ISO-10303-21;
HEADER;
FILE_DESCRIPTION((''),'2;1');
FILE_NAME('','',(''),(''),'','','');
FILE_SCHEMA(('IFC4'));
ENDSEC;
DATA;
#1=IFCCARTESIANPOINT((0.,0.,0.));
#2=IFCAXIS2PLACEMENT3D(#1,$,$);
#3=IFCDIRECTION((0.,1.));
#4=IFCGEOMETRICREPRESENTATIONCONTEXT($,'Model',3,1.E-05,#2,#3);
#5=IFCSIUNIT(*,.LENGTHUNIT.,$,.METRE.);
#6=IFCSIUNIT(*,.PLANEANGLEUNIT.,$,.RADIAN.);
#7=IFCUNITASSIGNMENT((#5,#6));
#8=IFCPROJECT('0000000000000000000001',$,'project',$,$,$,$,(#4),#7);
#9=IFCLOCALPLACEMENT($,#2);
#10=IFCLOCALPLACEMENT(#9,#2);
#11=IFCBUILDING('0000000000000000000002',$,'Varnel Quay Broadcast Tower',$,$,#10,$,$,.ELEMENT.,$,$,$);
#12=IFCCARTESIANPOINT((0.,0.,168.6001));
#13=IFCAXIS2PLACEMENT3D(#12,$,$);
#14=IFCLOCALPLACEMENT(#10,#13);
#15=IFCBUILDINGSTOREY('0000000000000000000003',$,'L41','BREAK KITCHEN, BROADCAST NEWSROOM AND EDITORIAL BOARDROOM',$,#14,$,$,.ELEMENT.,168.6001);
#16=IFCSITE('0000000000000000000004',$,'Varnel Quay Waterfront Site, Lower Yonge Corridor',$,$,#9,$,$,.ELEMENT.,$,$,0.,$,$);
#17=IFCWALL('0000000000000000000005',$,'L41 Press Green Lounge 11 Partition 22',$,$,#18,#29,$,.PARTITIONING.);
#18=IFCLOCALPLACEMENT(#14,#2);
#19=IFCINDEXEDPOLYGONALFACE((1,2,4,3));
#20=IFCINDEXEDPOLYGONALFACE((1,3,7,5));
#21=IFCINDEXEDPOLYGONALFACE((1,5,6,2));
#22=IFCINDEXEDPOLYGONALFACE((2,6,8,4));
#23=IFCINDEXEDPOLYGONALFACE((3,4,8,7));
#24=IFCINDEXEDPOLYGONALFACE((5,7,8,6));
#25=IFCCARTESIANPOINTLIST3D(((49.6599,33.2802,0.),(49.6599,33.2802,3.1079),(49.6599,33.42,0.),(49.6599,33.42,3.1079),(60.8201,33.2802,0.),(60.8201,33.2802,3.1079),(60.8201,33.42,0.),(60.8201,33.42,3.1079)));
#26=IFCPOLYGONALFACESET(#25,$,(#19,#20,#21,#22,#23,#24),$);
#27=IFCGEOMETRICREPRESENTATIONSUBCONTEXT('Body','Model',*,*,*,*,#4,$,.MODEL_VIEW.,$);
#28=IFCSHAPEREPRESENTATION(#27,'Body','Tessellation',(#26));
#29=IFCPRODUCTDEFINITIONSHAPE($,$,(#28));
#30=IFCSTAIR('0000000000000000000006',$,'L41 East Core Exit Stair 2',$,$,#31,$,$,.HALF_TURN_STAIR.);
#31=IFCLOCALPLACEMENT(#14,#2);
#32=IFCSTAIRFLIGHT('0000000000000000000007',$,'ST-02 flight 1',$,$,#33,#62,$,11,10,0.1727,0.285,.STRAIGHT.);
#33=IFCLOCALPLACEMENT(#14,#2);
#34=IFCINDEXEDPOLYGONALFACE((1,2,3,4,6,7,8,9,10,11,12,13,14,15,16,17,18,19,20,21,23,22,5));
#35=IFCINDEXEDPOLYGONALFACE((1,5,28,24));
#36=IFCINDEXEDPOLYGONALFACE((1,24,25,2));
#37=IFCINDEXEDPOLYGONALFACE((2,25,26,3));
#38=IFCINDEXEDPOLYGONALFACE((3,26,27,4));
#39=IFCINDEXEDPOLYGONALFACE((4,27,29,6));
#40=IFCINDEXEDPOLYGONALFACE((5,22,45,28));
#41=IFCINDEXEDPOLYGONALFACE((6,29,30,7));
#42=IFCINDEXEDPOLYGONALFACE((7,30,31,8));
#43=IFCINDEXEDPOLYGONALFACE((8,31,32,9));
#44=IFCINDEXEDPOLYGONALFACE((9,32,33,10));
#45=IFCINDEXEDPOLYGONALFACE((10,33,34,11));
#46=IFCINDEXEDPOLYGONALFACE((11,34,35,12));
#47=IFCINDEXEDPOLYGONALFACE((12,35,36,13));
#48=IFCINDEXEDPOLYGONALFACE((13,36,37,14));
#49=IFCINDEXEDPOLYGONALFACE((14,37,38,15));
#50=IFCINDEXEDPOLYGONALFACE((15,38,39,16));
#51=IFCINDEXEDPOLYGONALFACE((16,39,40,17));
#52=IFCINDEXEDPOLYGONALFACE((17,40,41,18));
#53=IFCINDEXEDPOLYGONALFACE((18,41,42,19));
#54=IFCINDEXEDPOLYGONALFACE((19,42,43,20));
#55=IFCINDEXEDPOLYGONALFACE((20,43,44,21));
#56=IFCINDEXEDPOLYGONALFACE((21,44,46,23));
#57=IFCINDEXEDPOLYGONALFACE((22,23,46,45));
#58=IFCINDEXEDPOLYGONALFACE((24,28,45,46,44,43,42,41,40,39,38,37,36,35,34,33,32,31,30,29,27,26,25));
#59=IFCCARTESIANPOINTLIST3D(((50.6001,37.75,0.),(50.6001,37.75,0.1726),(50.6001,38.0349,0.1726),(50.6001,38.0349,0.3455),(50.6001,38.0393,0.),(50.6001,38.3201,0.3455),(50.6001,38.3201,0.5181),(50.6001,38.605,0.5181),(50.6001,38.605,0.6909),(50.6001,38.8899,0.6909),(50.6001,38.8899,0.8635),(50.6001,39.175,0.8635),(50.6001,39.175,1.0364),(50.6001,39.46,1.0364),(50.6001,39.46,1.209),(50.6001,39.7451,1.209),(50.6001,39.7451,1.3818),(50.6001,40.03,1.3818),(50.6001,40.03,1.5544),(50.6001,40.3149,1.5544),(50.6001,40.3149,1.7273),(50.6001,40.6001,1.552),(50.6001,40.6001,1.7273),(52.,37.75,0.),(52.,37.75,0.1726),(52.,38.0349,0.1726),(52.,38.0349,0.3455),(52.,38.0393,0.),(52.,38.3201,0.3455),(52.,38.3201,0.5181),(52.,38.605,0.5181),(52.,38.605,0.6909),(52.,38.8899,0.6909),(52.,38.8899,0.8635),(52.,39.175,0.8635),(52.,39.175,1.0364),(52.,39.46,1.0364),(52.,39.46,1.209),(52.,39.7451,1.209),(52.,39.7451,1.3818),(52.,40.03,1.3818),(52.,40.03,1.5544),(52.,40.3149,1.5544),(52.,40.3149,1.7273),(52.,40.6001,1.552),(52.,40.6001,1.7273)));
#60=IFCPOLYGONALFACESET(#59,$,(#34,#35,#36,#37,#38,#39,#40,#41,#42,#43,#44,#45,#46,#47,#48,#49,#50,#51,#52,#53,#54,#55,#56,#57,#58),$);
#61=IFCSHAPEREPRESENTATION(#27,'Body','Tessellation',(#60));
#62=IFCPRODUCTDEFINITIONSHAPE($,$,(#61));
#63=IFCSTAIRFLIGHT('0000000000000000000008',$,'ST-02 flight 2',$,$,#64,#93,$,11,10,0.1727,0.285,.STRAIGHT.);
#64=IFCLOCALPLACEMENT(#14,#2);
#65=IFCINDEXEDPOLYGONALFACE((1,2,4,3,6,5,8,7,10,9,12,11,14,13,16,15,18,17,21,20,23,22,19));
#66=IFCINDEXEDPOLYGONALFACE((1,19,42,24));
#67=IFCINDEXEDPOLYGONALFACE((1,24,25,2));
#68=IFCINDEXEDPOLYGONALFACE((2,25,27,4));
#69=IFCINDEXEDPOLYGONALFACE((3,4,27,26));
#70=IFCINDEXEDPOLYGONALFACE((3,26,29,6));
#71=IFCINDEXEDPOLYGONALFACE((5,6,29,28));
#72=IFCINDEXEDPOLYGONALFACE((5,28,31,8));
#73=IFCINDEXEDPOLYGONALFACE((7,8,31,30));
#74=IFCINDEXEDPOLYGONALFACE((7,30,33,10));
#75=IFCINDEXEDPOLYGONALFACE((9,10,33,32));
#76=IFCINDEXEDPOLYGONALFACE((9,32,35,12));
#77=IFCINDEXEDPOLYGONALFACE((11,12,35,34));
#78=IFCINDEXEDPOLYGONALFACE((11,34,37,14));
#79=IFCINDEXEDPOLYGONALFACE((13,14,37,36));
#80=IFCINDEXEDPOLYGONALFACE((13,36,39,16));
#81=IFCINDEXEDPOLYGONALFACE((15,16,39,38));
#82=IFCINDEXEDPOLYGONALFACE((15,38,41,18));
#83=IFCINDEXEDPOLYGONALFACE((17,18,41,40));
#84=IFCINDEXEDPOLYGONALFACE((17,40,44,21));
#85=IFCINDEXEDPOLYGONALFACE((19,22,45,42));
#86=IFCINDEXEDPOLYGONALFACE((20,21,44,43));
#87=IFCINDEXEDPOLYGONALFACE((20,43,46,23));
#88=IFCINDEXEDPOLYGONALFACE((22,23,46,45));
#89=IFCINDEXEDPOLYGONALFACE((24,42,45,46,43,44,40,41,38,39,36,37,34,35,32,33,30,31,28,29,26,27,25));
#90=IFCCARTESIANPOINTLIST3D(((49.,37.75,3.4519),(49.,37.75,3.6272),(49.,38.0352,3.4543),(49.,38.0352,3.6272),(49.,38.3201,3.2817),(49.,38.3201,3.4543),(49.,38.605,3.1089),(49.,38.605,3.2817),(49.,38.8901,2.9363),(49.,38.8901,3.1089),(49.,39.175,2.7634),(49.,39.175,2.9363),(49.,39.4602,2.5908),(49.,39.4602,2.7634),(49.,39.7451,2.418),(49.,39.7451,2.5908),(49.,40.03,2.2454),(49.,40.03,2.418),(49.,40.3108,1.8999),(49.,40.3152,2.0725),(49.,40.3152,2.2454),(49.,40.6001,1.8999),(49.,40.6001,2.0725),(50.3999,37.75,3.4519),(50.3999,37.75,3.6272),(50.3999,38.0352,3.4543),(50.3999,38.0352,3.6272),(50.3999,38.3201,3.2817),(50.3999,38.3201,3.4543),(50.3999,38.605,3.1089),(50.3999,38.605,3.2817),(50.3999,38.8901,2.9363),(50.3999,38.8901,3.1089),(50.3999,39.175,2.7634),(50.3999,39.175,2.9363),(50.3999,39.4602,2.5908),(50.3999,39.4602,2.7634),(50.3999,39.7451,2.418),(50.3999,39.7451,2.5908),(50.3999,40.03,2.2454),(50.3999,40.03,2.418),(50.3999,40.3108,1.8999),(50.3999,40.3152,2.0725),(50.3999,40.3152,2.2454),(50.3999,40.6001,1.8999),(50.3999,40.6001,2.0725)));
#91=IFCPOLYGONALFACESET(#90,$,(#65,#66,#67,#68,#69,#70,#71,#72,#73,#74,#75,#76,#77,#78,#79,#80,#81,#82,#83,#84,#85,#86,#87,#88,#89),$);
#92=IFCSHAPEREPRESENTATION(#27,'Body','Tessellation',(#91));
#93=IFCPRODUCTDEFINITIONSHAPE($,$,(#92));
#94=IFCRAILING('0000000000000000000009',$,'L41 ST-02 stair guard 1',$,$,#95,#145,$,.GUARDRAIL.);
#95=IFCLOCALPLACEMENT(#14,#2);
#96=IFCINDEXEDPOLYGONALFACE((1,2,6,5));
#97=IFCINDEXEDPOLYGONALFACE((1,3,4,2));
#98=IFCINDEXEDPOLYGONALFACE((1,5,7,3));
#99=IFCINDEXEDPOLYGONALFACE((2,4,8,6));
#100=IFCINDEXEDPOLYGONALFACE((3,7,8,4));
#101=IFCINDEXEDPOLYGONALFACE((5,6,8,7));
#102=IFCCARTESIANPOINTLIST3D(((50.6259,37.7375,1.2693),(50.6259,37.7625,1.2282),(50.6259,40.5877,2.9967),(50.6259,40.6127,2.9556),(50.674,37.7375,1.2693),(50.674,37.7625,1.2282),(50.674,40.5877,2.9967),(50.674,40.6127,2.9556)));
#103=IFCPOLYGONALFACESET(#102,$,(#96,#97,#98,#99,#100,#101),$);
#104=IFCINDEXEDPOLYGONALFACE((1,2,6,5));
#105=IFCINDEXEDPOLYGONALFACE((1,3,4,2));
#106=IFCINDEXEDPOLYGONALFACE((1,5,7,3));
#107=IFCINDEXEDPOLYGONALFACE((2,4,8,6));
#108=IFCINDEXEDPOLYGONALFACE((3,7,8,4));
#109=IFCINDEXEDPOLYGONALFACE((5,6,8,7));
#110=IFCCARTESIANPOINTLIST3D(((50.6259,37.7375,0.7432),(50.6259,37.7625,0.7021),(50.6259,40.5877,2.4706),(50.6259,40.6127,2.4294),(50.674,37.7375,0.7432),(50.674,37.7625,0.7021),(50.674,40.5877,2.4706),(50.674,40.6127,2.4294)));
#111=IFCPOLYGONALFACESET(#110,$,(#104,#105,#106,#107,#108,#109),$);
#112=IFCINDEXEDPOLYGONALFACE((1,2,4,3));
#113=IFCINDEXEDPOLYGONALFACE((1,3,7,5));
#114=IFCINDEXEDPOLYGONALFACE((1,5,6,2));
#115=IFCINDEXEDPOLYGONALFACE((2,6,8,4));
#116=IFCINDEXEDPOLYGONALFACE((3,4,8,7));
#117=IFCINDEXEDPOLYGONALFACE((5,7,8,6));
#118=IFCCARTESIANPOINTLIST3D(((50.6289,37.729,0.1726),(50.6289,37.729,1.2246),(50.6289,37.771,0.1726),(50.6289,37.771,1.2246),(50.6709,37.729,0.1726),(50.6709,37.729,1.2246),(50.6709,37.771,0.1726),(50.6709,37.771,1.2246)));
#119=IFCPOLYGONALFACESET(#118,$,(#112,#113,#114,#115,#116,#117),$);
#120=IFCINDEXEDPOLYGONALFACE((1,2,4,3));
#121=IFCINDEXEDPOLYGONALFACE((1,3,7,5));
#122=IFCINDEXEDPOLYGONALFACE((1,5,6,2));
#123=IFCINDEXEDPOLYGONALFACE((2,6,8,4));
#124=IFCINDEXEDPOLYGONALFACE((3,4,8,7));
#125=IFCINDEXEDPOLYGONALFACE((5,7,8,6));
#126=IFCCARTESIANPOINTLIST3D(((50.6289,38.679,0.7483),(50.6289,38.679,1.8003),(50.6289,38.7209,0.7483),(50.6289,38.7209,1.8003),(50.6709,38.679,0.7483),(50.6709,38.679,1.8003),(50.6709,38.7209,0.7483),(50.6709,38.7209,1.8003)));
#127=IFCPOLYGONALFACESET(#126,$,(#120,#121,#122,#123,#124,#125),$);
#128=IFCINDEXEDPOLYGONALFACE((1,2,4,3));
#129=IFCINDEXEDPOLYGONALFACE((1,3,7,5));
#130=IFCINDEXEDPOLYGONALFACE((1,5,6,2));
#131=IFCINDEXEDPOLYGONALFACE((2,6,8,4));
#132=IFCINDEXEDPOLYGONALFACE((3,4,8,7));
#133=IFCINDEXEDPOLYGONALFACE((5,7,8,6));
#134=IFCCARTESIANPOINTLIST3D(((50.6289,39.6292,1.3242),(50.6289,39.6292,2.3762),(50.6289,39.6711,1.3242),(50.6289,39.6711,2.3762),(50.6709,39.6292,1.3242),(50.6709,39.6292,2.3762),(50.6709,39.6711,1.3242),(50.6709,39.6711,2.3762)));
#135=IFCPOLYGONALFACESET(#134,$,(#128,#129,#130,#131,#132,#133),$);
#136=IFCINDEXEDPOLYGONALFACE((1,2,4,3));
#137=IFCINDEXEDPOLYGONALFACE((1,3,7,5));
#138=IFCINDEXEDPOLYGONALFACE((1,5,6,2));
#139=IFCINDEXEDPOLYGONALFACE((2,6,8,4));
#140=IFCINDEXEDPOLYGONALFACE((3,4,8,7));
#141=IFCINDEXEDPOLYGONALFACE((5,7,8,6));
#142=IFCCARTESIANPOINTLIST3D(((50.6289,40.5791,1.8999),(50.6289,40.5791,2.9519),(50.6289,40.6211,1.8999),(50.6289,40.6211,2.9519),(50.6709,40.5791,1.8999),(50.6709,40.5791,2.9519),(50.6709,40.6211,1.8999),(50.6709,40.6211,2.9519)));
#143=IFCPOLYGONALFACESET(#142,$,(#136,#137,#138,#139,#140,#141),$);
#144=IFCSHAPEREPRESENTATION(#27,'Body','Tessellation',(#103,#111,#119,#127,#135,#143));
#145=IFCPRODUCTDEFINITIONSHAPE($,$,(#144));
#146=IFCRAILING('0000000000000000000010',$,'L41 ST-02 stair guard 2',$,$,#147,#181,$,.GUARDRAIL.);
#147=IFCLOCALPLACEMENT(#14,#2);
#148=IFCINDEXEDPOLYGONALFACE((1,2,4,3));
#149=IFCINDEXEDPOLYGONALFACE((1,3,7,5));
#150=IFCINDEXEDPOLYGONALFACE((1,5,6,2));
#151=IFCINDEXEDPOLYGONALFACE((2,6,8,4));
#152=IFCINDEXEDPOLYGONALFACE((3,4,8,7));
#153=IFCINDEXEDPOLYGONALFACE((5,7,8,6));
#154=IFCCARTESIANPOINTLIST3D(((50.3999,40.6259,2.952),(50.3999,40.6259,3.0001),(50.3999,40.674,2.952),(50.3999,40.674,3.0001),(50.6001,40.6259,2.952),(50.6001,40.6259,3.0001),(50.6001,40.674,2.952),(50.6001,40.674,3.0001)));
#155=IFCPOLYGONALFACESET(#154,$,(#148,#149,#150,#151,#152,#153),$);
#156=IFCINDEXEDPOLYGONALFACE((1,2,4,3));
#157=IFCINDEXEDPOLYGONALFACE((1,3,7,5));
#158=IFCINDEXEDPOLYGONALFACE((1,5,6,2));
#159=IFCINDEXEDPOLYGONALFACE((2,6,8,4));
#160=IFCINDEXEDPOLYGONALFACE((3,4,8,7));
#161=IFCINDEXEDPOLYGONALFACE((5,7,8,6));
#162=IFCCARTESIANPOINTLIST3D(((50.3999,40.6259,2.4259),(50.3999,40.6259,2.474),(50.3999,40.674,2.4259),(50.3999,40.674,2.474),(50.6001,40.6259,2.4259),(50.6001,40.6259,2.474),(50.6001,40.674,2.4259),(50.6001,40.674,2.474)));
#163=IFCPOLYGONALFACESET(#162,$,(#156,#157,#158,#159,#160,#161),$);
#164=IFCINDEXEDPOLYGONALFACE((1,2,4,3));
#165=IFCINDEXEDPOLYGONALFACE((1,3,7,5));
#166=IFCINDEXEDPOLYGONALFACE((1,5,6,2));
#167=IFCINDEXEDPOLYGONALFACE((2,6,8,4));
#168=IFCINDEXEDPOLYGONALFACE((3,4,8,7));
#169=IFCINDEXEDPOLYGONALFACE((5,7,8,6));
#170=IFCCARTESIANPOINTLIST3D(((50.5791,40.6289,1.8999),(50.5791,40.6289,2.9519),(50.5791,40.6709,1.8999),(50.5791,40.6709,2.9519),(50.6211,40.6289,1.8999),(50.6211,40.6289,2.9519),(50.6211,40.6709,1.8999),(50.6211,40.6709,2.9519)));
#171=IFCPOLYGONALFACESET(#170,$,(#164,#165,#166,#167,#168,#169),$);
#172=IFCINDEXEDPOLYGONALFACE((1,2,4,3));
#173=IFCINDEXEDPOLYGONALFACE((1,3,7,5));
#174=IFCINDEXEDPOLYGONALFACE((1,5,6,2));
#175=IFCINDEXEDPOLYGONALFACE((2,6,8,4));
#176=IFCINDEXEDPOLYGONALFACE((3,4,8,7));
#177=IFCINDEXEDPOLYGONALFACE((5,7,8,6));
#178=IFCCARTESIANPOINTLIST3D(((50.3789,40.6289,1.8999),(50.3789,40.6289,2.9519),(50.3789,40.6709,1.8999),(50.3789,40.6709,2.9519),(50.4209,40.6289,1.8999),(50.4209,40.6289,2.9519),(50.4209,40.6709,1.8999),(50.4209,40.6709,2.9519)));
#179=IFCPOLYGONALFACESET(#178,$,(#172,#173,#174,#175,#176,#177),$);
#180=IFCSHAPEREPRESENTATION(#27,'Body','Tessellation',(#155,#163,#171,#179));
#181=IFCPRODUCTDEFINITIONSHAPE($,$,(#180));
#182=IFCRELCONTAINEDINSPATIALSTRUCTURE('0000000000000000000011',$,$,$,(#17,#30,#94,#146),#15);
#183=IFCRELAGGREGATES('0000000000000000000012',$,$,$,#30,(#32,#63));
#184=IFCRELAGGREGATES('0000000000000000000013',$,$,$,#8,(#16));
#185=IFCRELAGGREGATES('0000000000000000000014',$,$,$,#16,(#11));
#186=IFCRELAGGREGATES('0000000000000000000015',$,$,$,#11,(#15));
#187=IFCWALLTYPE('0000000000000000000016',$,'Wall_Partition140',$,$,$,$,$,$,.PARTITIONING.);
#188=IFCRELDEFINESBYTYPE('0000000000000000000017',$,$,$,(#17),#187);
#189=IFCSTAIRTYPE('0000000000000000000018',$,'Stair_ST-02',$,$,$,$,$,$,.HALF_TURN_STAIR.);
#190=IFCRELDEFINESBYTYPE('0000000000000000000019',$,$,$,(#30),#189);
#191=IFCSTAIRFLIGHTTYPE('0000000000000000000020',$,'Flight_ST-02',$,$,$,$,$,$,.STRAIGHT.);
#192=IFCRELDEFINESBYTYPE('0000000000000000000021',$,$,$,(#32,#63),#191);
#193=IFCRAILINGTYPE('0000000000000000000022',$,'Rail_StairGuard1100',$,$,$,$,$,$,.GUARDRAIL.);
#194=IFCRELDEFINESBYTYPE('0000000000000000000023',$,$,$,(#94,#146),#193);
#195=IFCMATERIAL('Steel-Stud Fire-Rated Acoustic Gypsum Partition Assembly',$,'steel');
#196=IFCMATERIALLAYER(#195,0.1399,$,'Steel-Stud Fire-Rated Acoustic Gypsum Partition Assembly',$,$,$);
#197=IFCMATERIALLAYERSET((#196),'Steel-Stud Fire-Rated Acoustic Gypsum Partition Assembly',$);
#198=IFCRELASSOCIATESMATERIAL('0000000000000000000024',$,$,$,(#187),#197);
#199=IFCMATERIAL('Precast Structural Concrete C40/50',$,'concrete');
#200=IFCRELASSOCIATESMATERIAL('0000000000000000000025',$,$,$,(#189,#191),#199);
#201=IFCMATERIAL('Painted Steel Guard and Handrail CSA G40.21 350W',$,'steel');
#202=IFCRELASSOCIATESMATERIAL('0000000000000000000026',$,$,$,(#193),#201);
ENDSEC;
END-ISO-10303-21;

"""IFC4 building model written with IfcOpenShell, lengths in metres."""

from ifc_helpers import new_model, si_unit, direction, frame, frame_2d, origin, origin_2d, place, context, subcontext, project, spatial, polyline, rectangle, outline, extrude, material, layer, layer_set, type_object, element, aggregate, save


model = new_model("IFC4")

# Units and contexts
model_context = context("Model", 3, precision=1e-05, world=origin(), true_north=direction((0.0, 1.0)))
body_context = subcontext(model_context, "Body", "Model", "MODEL_VIEW")
ifc_project = project(units=[si_unit("LENGTHUNIT", "METRE"), si_unit("PLANEANGLEUNIT", "RADIAN")], contexts=[model_context])

# Site, building, storey
site_placement = place(None, origin())
site = spatial("IfcSite", under=ifc_project, at=site_placement, Name="Varnel Quay Waterfront Site, Lower Yonge Corridor", CompositionType="ELEMENT", RefElevation=0.0)
building_placement = place(site_placement, origin())
building = spatial("IfcBuilding", under=site, at=building_placement, Name="Varnel Quay Broadcast Tower", CompositionType="ELEMENT")
storey_placement = place(building_placement, frame((0.0, 0.0, 168.6001)))
storey = spatial("IfcBuildingStorey", under=building, at=storey_placement, Name="L41", Description="BREAK KITCHEN, BROADCAST NEWSROOM AND EDITORIAL BOARDROOM", CompositionType="ELEMENT", Elevation=168.6001)

# Wall
ifc_material_1 = material(Name="Steel-Stud Fire-Rated Acoustic Gypsum Partition Assembly", Category="steel")
ifc_layer_1 = layer(ifc_material_1, 0.1399, Name="Steel-Stud Fire-Rated Acoustic Gypsum Partition Assembly")
ifc_layer_set_1 = layer_set([ifc_layer_1], Name="Steel-Stud Fire-Rated Acoustic Gypsum Partition Assembly")
wall_type_1 = type_object("IfcWallType", Name="Wall_Partition140", PredefinedType="PARTITIONING", material=ifc_layer_set_1)
wall_1_placement = place(storey_placement, frame((49.6599, 33.3501, 0.0), z_axis=(0.0, 0.0, 1.0), x_axis=(1.0, 0.0, 0.0)))
element("IfcWall", 1, at=wall_1_placement, inside=storey, type_object=wall_type_1, Name="L41 Press Green Lounge 11 Partition 22", PredefinedType="PARTITIONING", context=body_context, shape_type="SweptSolid", body=[
    extrude(rectangle(XDim=11.1602, YDim=0.1399, at=frame_2d((5.5801, 0.0))), origin(), (0.0, 0.0, 1.0), 3.1079),
])

# Stair, stair flights
ifc_material_2 = material(Name="Precast Structural Concrete C40/50", Category="concrete")
stair_type = type_object("IfcStairType", Name="Stair_ST-02", PredefinedType="HALF_TURN_STAIR", material=ifc_material_2)
stair_placement = place(storey_placement, origin())
stair = element("IfcStair", 2, at=stair_placement, inside=storey, type_object=stair_type, Name="L41 East Core Exit Stair 2", PredefinedType="HALF_TURN_STAIR")
stair_flight_type = type_object("IfcStairFlightType", Name="Flight_ST-02", PredefinedType="STRAIGHT", material=ifc_material_2)
stair_flight_1_placement = place(storey_placement, frame((51.3, 37.75, 0.0), z_axis=(0.0, 0.0, 1.0), x_axis=(0.0, 1.0, 0.0)))
stair_flight_1 = element("IfcStairFlight", 3, at=stair_flight_1_placement, type_object=stair_flight_type, Name="ST-02 flight 1", NumberOfRisers=11, NumberOfTreads=10, PredefinedType="STRAIGHT", RiserHeight=0.1727, TreadLength=0.285, context=body_context, shape_type="SweptSolid", body=[
    extrude(outline(polyline([(0.0, 0.0), (0.0, 0.1726), (0.2849, 0.1726), (0.2849, 0.3455), (0.5701, 0.3455), (0.5701, 0.5181), (0.855, 0.5181), (0.855, 0.6909), (1.1399, 0.6909), (1.1399, 0.8635), (1.425, 0.8635), (1.425, 1.0364), (1.71, 1.0364), (1.71, 1.209), (1.9951, 1.209), (1.9951, 1.3818), (2.28, 1.3818), (2.28, 1.5544), (2.5649, 1.5544), (2.5649, 1.7273), (2.8501, 1.7273), (2.8501, 1.8999), (2.8501, 1.552), (0.2893, 0.0), (0.0, 0.0)])), frame((0.0, 0.7, 0.0), z_axis=(0.0, -1.0, 0.0), x_axis=(1.0, 0.0, 0.0)), (0.0, 0.0, 1.0), 1.3999),
])
stair_flight_2_placement = place(storey_placement, frame((49.7, 40.6001, 1.8999), z_axis=(0.0, 0.0, 1.0), x_axis=(0.0, -1.0, 0.0)))
stair_flight_2 = element("IfcStairFlight", 4, at=stair_flight_2_placement, type_object=stair_flight_type, Name="ST-02 flight 2", NumberOfRisers=11, NumberOfTreads=10, PredefinedType="STRAIGHT", RiserHeight=0.1727, TreadLength=0.285, context=body_context, shape_type="SweptSolid", body=[
    extrude(outline(polyline([(0.0, 0.0), (0.0, 0.1726), (0.2849, 0.1726), (0.2849, 0.3455), (0.5701, 0.3455), (0.5701, 0.5181), (0.855, 0.5181), (0.855, 0.6909), (1.1399, 0.6909), (1.1399, 0.8635), (1.425, 0.8635), (1.425, 1.0364), (1.71, 1.0364), (1.71, 1.209), (1.9951, 1.209), (1.9951, 1.3818), (2.28, 1.3818), (2.28, 1.5544), (2.5649, 1.5544), (2.5649, 1.7273), (2.8501, 1.7273), (2.8501, 1.8999), (2.8501, 1.552), (0.2893, 0.0), (0.0, 0.0)])), frame((0.0, 0.7, 0.0), z_axis=(0.0, -1.0, 0.0), x_axis=(1.0, 0.0, 0.0)), (0.0, 0.0, 1.0), 1.3999),
])
aggregate(stair, [stair_flight_1, stair_flight_2])

# Railings
ifc_material_3 = material(Name="Painted Steel Guard and Handrail CSA G40.21 350W", Category="steel")
railing_type_1 = type_object("IfcRailingType", Name="Rail_StairGuard1100", PredefinedType="GUARDRAIL", material=ifc_material_3)
railing_1_placement = place(storey_placement, frame((50.6499, 37.75, 0.1726)))
element("IfcRailing", 5, at=railing_1_placement, inside=storey, type_object=railing_type_1, Name="L41 ST-02 stair guard 1", PredefinedType="GUARDRAIL", context=body_context, shape_type="SweptSolid", body=[
    extrude(rectangle(XDim=0.0481, YDim=0.0481, at=origin_2d()), frame((0.0, 0.0, 1.0762), z_axis=(0.0, 0.855203, 0.518294), x_axis=(-1.0, 0.0, 0.0)), (0.0, 0.0, 1.0), 3.3328),
    extrude(rectangle(XDim=0.0481, YDim=0.0481, at=origin_2d()), frame((0.0, 0.0, 0.55), z_axis=(0.0, 0.855203, 0.518294), x_axis=(-1.0, 0.0, 0.0)), (0.0, 0.0, 1.0), 3.3328),
    extrude(rectangle(XDim=0.042, YDim=0.042, at=origin_2d()), origin(), (0.0, 0.0, 1.0), 1.052),
    extrude(rectangle(XDim=0.042, YDim=0.042, at=origin_2d()), frame((0.0, 0.95, 0.5757)), (0.0, 0.0, 1.0), 1.052),
    extrude(rectangle(XDim=0.042, YDim=0.042, at=origin_2d()), frame((0.0, 1.9001, 1.1516)), (0.0, 0.0, 1.0), 1.052),
    extrude(rectangle(XDim=0.042, YDim=0.042, at=origin_2d()), frame((0.0, 2.8501, 1.7273)), (0.0, 0.0, 1.0), 1.052),
])
railing_2_placement = place(storey_placement, frame((50.6001, 40.6499, 1.8999)))
element("IfcRailing", 6, at=railing_2_placement, inside=storey, type_object=railing_type_1, Name="L41 ST-02 stair guard 2", PredefinedType="GUARDRAIL", context=body_context, shape_type="SweptSolid", body=[
    extrude(rectangle(XDim=0.0481, YDim=0.0481, at=origin_2d()), frame((0.0, 0.0, 1.0762), z_axis=(-1.0, 0.0, 0.0), x_axis=(0.0, -1.0, 0.0)), (0.0, 0.0, 1.0), 0.2002),
    extrude(rectangle(XDim=0.0481, YDim=0.0481, at=origin_2d()), frame((0.0, 0.0, 0.55), z_axis=(-1.0, 0.0, 0.0), x_axis=(0.0, -1.0, 0.0)), (0.0, 0.0, 1.0), 0.2002),
    extrude(rectangle(XDim=0.042, YDim=0.042, at=origin_2d()), origin(), (0.0, 0.0, 1.0), 1.052),
    extrude(rectangle(XDim=0.042, YDim=0.042, at=origin_2d()), frame((-0.2002, 0.0, 0.0)), (0.0, 0.0, 1.0), 1.052),
])

save(model, "model.ifc")
